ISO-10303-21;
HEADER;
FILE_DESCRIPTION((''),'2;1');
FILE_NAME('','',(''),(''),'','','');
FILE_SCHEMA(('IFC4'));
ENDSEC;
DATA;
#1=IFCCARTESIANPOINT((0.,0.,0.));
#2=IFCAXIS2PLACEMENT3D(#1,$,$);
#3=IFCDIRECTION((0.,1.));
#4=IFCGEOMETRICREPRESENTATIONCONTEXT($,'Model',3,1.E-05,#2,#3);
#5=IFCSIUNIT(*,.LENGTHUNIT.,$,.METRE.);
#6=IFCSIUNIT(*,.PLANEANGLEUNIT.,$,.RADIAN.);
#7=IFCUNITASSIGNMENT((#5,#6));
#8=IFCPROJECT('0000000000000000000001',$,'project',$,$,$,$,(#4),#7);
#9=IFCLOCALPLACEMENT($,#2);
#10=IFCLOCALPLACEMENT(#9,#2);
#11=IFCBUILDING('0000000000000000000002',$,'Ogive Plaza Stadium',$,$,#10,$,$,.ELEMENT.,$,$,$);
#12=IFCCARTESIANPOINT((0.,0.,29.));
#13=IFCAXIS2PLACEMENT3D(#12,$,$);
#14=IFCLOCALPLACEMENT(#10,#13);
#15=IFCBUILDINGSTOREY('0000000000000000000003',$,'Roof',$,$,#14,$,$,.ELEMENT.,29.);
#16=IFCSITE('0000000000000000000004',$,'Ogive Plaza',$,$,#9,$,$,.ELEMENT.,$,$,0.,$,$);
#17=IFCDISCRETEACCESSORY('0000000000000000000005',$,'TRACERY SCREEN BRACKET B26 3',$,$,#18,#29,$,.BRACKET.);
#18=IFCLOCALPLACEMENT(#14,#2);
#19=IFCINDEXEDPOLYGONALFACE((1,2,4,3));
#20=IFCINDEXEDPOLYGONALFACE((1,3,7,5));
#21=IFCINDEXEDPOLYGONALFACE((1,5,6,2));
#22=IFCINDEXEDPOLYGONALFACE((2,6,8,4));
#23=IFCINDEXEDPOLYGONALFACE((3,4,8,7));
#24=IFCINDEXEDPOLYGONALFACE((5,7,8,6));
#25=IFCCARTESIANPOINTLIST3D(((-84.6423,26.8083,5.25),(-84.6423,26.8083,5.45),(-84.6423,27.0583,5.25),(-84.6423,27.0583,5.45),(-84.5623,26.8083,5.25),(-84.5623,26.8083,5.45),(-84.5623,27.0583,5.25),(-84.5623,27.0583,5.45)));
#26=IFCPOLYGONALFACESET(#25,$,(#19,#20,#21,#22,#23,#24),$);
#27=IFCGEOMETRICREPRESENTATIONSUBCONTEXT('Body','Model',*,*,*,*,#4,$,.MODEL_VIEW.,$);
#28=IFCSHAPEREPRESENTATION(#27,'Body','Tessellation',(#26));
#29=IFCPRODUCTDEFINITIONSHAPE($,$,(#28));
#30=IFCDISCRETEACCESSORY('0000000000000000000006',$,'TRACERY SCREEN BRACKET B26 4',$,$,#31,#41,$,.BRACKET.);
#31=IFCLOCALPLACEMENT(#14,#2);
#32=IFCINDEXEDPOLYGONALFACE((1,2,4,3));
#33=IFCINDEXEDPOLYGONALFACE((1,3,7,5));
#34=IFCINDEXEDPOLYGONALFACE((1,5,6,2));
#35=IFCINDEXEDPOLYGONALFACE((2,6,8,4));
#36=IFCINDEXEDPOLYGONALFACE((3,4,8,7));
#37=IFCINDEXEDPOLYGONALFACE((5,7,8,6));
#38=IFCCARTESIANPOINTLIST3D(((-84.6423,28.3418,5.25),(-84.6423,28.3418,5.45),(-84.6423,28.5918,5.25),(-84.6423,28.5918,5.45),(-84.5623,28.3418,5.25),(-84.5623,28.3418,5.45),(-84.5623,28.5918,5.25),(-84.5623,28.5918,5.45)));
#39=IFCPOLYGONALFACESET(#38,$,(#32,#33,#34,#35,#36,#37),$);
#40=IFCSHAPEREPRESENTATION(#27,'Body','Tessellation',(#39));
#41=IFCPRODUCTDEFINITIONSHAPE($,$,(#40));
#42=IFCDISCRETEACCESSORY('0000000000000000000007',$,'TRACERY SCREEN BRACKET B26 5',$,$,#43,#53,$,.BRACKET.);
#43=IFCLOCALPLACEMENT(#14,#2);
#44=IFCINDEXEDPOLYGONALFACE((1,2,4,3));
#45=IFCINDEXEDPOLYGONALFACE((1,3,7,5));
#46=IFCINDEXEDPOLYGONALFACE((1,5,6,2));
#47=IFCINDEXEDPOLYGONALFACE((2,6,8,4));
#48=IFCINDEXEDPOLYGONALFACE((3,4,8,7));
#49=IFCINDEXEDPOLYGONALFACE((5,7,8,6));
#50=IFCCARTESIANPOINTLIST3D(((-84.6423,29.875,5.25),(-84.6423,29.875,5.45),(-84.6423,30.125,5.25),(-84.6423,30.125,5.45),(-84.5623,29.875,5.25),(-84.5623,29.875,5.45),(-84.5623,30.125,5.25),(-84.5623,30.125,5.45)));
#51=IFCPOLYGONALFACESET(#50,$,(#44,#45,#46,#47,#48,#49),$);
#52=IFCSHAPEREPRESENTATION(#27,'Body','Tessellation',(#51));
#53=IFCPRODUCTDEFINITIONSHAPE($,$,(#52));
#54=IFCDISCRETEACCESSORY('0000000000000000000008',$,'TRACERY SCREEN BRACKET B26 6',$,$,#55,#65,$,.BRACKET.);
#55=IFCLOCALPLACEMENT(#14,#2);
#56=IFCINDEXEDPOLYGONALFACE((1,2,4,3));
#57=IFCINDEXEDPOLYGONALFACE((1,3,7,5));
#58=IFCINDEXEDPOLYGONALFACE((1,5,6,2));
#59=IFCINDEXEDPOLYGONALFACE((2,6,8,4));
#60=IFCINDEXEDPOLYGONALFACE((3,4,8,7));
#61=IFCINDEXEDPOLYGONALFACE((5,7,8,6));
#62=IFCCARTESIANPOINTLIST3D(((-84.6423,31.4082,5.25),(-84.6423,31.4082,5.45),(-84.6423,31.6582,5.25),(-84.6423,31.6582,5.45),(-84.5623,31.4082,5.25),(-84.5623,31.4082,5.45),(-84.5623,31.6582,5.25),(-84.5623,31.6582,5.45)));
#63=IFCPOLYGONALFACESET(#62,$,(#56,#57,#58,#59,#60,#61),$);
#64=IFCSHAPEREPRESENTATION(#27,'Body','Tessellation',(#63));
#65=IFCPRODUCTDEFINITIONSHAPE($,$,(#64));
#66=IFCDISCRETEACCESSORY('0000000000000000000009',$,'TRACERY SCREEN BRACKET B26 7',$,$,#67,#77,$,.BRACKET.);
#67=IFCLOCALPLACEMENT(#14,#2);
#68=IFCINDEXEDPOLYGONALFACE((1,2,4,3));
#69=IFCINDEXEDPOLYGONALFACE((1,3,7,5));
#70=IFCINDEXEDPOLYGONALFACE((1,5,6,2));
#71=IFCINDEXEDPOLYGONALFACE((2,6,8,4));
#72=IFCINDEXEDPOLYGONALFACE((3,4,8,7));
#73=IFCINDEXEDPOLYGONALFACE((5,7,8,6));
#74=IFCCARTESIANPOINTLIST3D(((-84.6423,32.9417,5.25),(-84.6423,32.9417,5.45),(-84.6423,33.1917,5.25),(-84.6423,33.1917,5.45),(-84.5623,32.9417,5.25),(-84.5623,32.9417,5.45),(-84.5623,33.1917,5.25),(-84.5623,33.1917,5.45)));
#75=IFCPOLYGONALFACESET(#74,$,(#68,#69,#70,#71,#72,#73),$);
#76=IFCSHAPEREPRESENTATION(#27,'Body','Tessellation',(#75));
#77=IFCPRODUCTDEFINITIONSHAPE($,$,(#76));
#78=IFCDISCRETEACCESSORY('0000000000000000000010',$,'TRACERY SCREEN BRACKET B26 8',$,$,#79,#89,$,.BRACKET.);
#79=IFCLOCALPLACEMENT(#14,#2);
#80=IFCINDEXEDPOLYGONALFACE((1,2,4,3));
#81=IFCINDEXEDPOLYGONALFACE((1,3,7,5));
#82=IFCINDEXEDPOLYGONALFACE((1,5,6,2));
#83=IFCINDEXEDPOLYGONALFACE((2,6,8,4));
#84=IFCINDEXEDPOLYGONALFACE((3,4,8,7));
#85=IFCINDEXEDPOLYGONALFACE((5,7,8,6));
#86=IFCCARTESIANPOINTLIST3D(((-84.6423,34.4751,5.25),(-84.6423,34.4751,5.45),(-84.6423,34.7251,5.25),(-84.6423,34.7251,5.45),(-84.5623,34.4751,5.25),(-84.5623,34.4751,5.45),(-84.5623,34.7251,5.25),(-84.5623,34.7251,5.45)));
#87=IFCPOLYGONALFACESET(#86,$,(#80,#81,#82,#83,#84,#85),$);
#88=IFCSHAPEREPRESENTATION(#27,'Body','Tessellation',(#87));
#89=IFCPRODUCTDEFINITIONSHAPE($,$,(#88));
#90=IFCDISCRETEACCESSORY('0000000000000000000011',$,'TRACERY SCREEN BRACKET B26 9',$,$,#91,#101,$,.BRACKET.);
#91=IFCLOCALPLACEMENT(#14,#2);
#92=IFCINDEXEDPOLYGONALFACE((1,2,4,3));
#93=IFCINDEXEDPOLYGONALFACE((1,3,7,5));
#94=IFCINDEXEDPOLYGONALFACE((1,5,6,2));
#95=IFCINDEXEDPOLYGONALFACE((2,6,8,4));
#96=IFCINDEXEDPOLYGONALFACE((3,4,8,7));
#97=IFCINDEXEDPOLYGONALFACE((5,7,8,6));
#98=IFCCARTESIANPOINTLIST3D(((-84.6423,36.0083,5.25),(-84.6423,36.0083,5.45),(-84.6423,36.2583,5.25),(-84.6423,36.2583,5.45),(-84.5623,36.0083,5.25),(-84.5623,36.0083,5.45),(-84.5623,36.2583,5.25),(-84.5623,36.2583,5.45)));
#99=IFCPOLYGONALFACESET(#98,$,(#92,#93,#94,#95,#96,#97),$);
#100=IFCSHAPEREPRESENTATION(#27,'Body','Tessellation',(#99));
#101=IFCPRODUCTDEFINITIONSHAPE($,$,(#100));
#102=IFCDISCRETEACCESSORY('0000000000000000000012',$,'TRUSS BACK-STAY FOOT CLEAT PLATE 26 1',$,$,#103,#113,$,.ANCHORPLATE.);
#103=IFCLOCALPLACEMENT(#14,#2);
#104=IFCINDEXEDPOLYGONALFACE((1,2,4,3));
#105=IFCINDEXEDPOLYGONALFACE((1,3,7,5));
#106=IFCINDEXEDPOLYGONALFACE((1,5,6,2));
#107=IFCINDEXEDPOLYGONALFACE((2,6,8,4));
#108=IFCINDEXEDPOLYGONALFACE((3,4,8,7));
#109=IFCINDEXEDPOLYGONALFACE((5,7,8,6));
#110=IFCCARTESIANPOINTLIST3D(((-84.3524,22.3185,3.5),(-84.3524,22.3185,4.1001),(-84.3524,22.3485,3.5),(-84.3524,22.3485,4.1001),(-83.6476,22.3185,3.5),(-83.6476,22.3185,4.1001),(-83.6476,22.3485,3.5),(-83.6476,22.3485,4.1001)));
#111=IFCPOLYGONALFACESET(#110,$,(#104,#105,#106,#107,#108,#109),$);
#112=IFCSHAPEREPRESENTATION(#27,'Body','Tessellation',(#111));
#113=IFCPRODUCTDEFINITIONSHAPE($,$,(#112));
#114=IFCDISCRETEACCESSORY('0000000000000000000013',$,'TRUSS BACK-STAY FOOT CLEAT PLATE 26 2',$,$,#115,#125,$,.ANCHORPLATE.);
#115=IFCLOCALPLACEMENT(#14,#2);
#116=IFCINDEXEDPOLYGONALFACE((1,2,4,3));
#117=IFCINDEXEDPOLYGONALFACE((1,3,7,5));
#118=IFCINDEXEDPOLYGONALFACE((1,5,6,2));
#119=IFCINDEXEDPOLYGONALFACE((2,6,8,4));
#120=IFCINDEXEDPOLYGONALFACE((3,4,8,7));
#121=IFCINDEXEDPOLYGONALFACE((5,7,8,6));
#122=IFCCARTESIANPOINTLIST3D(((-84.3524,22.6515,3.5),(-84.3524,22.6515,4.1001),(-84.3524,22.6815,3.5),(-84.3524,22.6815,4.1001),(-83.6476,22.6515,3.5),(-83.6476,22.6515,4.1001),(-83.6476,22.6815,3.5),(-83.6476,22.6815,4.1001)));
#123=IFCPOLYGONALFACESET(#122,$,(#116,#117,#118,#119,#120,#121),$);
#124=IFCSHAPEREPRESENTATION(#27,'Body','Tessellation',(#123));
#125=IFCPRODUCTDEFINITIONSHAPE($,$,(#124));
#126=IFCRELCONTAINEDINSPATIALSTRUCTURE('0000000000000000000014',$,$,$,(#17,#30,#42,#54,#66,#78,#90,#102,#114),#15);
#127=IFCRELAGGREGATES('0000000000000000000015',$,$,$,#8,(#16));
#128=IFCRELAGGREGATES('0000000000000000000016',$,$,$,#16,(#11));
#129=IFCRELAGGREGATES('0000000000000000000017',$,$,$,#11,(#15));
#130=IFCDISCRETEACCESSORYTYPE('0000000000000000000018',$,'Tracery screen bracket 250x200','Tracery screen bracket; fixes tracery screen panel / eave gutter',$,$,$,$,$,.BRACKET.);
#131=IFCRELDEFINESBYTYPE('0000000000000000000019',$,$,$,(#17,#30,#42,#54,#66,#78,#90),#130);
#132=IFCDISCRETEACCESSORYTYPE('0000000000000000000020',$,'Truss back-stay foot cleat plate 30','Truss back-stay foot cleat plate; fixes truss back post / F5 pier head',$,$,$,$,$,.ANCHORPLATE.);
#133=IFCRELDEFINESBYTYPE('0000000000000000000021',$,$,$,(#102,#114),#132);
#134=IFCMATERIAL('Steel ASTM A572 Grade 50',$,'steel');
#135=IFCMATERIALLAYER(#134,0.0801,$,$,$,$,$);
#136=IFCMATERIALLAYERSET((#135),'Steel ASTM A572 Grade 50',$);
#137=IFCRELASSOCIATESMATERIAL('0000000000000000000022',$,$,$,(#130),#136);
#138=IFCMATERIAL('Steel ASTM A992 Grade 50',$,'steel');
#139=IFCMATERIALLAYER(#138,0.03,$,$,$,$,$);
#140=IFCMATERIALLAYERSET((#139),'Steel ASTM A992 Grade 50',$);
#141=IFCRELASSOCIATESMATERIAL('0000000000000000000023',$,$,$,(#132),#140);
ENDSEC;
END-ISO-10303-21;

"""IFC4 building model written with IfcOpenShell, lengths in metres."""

from ifc_helpers import new_model, si_unit, direction, frame, origin, origin_2d, place, context, subcontext, project, spatial, rectangle, extrude, material, layer, layer_set, type_object, element, save


model = new_model("IFC4")

# Units and contexts
model_context = context("Model", 3, precision=1e-05, world=origin(), true_north=direction((0.0, 1.0)))
body_context = subcontext(model_context, "Body", "Model", "MODEL_VIEW")
ifc_project = project(units=[si_unit("LENGTHUNIT", "METRE"), si_unit("PLANEANGLEUNIT", "RADIAN")], contexts=[model_context])

# Site, building, storey
site_placement = place(None, origin())
site = spatial("IfcSite", under=ifc_project, at=site_placement, Name="Ogive Plaza", CompositionType="ELEMENT", RefElevation=0.0)
building_placement = place(site_placement, origin())
building = spatial("IfcBuilding", under=site, at=building_placement, Name="Ogive Plaza Stadium", CompositionType="ELEMENT")
storey_placement = place(building_placement, frame((0.0, 0.0, 29.0)))
storey = spatial("IfcBuildingStorey", under=building, at=storey_placement, Name="Roof", CompositionType="ELEMENT", Elevation=29.0)

# Discrete accessories
ifc_material_1 = material(Name="Steel ASTM A572 Grade 50", Category="steel")
ifc_layer_1 = layer(ifc_material_1, 0.0801)
ifc_layer_set_1 = layer_set([ifc_layer_1], Name="Steel ASTM A572 Grade 50")
discrete_accessory_type_1 = type_object("IfcDiscreteAccessoryType", Name="Tracery screen bracket 250x200", Description="Tracery screen bracket; fixes tracery screen panel / eave gutter", PredefinedType="BRACKET", material=ifc_layer_set_1)
for number, where, z_axis, x_axis, name in (
    (1, (-84.6023, 26.9333, 5.25), (0.0, 0.0, 1.0), (0.0, 1.0, 0.0), "TRACERY SCREEN BRACKET B26 3"),
    (2, (-84.6023, 28.4668, 5.25), (0.0, 0.0, 1.0), (0.0, 1.0, 0.0), "TRACERY SCREEN BRACKET B26 4"),
    (3, (-84.6023, 30.0, 5.25), (0.0, 0.0, 1.0), (0.0, 1.0, 0.0), "TRACERY SCREEN BRACKET B26 5"),
    (4, (-84.6023, 31.5332, 5.25), (0.0, 0.0, 1.0), (0.0, 1.0, 0.0), "TRACERY SCREEN BRACKET B26 6"),
    (5, (-84.6023, 33.0667, 5.25), (0.0, 0.0, 1.0), (0.0, 1.0, 0.0), "TRACERY SCREEN BRACKET B26 7"),
    (6, (-84.6023, 34.6001, 5.25), (0.0, 0.0, 1.0), (0.0, 1.0, 0.0), "TRACERY SCREEN BRACKET B26 8"),
    (7, (-84.6023, 36.1333, 5.25), (0.0, 0.0, 1.0), (0.0, 1.0, 0.0), "TRACERY SCREEN BRACKET B26 9"),
):
    element("IfcDiscreteAccessory", number, at=place(storey_placement, frame(where, z_axis=z_axis, x_axis=x_axis)), inside=storey, type_object=discrete_accessory_type_1, Name=name, PredefinedType="BRACKET", context=body_context, shape_type="SweptSolid", body=[
        extrude(rectangle(XDim=0.25, YDim=0.0801, at=origin_2d()), origin(), (0.0, 0.0, 1.0), 0.2),
    ])
ifc_material_2 = material(Name="Steel ASTM A992 Grade 50", Category="steel")
ifc_layer_2 = layer(ifc_material_2, 0.03)
ifc_layer_set_2 = layer_set([ifc_layer_2], Name="Steel ASTM A992 Grade 50")
discrete_accessory_type_2 = type_object("IfcDiscreteAccessoryType", Name="Truss back-stay foot cleat plate 30", Description="Truss back-stay foot cleat plate; fixes truss back post / F5 pier head", PredefinedType="ANCHORPLATE", material=ifc_layer_set_2)
for number, where, z_axis, x_axis, name in (
    (8, (-84.0, 22.3335, 3.5), (0.0, 0.0, 1.0), (-1.0, 0.0, 0.0), "TRUSS BACK-STAY FOOT CLEAT PLATE 26 1"),
    (9, (-84.0, 22.6665, 3.5), (0.0, 0.0, 1.0), (-1.0, 0.0, 0.0), "TRUSS BACK-STAY FOOT CLEAT PLATE 26 2"),
):
    element("IfcDiscreteAccessory", number, at=place(storey_placement, frame(where, z_axis=z_axis, x_axis=x_axis)), inside=storey, type_object=discrete_accessory_type_2, Name=name, PredefinedType="ANCHORPLATE", context=body_context, shape_type="SweptSolid", body=[
        extrude(rectangle(XDim=0.7048, YDim=0.03, at=origin_2d()), origin(), (0.0, 0.0, 1.0), 0.6001),
    ])

save(model, "model.ifc")
